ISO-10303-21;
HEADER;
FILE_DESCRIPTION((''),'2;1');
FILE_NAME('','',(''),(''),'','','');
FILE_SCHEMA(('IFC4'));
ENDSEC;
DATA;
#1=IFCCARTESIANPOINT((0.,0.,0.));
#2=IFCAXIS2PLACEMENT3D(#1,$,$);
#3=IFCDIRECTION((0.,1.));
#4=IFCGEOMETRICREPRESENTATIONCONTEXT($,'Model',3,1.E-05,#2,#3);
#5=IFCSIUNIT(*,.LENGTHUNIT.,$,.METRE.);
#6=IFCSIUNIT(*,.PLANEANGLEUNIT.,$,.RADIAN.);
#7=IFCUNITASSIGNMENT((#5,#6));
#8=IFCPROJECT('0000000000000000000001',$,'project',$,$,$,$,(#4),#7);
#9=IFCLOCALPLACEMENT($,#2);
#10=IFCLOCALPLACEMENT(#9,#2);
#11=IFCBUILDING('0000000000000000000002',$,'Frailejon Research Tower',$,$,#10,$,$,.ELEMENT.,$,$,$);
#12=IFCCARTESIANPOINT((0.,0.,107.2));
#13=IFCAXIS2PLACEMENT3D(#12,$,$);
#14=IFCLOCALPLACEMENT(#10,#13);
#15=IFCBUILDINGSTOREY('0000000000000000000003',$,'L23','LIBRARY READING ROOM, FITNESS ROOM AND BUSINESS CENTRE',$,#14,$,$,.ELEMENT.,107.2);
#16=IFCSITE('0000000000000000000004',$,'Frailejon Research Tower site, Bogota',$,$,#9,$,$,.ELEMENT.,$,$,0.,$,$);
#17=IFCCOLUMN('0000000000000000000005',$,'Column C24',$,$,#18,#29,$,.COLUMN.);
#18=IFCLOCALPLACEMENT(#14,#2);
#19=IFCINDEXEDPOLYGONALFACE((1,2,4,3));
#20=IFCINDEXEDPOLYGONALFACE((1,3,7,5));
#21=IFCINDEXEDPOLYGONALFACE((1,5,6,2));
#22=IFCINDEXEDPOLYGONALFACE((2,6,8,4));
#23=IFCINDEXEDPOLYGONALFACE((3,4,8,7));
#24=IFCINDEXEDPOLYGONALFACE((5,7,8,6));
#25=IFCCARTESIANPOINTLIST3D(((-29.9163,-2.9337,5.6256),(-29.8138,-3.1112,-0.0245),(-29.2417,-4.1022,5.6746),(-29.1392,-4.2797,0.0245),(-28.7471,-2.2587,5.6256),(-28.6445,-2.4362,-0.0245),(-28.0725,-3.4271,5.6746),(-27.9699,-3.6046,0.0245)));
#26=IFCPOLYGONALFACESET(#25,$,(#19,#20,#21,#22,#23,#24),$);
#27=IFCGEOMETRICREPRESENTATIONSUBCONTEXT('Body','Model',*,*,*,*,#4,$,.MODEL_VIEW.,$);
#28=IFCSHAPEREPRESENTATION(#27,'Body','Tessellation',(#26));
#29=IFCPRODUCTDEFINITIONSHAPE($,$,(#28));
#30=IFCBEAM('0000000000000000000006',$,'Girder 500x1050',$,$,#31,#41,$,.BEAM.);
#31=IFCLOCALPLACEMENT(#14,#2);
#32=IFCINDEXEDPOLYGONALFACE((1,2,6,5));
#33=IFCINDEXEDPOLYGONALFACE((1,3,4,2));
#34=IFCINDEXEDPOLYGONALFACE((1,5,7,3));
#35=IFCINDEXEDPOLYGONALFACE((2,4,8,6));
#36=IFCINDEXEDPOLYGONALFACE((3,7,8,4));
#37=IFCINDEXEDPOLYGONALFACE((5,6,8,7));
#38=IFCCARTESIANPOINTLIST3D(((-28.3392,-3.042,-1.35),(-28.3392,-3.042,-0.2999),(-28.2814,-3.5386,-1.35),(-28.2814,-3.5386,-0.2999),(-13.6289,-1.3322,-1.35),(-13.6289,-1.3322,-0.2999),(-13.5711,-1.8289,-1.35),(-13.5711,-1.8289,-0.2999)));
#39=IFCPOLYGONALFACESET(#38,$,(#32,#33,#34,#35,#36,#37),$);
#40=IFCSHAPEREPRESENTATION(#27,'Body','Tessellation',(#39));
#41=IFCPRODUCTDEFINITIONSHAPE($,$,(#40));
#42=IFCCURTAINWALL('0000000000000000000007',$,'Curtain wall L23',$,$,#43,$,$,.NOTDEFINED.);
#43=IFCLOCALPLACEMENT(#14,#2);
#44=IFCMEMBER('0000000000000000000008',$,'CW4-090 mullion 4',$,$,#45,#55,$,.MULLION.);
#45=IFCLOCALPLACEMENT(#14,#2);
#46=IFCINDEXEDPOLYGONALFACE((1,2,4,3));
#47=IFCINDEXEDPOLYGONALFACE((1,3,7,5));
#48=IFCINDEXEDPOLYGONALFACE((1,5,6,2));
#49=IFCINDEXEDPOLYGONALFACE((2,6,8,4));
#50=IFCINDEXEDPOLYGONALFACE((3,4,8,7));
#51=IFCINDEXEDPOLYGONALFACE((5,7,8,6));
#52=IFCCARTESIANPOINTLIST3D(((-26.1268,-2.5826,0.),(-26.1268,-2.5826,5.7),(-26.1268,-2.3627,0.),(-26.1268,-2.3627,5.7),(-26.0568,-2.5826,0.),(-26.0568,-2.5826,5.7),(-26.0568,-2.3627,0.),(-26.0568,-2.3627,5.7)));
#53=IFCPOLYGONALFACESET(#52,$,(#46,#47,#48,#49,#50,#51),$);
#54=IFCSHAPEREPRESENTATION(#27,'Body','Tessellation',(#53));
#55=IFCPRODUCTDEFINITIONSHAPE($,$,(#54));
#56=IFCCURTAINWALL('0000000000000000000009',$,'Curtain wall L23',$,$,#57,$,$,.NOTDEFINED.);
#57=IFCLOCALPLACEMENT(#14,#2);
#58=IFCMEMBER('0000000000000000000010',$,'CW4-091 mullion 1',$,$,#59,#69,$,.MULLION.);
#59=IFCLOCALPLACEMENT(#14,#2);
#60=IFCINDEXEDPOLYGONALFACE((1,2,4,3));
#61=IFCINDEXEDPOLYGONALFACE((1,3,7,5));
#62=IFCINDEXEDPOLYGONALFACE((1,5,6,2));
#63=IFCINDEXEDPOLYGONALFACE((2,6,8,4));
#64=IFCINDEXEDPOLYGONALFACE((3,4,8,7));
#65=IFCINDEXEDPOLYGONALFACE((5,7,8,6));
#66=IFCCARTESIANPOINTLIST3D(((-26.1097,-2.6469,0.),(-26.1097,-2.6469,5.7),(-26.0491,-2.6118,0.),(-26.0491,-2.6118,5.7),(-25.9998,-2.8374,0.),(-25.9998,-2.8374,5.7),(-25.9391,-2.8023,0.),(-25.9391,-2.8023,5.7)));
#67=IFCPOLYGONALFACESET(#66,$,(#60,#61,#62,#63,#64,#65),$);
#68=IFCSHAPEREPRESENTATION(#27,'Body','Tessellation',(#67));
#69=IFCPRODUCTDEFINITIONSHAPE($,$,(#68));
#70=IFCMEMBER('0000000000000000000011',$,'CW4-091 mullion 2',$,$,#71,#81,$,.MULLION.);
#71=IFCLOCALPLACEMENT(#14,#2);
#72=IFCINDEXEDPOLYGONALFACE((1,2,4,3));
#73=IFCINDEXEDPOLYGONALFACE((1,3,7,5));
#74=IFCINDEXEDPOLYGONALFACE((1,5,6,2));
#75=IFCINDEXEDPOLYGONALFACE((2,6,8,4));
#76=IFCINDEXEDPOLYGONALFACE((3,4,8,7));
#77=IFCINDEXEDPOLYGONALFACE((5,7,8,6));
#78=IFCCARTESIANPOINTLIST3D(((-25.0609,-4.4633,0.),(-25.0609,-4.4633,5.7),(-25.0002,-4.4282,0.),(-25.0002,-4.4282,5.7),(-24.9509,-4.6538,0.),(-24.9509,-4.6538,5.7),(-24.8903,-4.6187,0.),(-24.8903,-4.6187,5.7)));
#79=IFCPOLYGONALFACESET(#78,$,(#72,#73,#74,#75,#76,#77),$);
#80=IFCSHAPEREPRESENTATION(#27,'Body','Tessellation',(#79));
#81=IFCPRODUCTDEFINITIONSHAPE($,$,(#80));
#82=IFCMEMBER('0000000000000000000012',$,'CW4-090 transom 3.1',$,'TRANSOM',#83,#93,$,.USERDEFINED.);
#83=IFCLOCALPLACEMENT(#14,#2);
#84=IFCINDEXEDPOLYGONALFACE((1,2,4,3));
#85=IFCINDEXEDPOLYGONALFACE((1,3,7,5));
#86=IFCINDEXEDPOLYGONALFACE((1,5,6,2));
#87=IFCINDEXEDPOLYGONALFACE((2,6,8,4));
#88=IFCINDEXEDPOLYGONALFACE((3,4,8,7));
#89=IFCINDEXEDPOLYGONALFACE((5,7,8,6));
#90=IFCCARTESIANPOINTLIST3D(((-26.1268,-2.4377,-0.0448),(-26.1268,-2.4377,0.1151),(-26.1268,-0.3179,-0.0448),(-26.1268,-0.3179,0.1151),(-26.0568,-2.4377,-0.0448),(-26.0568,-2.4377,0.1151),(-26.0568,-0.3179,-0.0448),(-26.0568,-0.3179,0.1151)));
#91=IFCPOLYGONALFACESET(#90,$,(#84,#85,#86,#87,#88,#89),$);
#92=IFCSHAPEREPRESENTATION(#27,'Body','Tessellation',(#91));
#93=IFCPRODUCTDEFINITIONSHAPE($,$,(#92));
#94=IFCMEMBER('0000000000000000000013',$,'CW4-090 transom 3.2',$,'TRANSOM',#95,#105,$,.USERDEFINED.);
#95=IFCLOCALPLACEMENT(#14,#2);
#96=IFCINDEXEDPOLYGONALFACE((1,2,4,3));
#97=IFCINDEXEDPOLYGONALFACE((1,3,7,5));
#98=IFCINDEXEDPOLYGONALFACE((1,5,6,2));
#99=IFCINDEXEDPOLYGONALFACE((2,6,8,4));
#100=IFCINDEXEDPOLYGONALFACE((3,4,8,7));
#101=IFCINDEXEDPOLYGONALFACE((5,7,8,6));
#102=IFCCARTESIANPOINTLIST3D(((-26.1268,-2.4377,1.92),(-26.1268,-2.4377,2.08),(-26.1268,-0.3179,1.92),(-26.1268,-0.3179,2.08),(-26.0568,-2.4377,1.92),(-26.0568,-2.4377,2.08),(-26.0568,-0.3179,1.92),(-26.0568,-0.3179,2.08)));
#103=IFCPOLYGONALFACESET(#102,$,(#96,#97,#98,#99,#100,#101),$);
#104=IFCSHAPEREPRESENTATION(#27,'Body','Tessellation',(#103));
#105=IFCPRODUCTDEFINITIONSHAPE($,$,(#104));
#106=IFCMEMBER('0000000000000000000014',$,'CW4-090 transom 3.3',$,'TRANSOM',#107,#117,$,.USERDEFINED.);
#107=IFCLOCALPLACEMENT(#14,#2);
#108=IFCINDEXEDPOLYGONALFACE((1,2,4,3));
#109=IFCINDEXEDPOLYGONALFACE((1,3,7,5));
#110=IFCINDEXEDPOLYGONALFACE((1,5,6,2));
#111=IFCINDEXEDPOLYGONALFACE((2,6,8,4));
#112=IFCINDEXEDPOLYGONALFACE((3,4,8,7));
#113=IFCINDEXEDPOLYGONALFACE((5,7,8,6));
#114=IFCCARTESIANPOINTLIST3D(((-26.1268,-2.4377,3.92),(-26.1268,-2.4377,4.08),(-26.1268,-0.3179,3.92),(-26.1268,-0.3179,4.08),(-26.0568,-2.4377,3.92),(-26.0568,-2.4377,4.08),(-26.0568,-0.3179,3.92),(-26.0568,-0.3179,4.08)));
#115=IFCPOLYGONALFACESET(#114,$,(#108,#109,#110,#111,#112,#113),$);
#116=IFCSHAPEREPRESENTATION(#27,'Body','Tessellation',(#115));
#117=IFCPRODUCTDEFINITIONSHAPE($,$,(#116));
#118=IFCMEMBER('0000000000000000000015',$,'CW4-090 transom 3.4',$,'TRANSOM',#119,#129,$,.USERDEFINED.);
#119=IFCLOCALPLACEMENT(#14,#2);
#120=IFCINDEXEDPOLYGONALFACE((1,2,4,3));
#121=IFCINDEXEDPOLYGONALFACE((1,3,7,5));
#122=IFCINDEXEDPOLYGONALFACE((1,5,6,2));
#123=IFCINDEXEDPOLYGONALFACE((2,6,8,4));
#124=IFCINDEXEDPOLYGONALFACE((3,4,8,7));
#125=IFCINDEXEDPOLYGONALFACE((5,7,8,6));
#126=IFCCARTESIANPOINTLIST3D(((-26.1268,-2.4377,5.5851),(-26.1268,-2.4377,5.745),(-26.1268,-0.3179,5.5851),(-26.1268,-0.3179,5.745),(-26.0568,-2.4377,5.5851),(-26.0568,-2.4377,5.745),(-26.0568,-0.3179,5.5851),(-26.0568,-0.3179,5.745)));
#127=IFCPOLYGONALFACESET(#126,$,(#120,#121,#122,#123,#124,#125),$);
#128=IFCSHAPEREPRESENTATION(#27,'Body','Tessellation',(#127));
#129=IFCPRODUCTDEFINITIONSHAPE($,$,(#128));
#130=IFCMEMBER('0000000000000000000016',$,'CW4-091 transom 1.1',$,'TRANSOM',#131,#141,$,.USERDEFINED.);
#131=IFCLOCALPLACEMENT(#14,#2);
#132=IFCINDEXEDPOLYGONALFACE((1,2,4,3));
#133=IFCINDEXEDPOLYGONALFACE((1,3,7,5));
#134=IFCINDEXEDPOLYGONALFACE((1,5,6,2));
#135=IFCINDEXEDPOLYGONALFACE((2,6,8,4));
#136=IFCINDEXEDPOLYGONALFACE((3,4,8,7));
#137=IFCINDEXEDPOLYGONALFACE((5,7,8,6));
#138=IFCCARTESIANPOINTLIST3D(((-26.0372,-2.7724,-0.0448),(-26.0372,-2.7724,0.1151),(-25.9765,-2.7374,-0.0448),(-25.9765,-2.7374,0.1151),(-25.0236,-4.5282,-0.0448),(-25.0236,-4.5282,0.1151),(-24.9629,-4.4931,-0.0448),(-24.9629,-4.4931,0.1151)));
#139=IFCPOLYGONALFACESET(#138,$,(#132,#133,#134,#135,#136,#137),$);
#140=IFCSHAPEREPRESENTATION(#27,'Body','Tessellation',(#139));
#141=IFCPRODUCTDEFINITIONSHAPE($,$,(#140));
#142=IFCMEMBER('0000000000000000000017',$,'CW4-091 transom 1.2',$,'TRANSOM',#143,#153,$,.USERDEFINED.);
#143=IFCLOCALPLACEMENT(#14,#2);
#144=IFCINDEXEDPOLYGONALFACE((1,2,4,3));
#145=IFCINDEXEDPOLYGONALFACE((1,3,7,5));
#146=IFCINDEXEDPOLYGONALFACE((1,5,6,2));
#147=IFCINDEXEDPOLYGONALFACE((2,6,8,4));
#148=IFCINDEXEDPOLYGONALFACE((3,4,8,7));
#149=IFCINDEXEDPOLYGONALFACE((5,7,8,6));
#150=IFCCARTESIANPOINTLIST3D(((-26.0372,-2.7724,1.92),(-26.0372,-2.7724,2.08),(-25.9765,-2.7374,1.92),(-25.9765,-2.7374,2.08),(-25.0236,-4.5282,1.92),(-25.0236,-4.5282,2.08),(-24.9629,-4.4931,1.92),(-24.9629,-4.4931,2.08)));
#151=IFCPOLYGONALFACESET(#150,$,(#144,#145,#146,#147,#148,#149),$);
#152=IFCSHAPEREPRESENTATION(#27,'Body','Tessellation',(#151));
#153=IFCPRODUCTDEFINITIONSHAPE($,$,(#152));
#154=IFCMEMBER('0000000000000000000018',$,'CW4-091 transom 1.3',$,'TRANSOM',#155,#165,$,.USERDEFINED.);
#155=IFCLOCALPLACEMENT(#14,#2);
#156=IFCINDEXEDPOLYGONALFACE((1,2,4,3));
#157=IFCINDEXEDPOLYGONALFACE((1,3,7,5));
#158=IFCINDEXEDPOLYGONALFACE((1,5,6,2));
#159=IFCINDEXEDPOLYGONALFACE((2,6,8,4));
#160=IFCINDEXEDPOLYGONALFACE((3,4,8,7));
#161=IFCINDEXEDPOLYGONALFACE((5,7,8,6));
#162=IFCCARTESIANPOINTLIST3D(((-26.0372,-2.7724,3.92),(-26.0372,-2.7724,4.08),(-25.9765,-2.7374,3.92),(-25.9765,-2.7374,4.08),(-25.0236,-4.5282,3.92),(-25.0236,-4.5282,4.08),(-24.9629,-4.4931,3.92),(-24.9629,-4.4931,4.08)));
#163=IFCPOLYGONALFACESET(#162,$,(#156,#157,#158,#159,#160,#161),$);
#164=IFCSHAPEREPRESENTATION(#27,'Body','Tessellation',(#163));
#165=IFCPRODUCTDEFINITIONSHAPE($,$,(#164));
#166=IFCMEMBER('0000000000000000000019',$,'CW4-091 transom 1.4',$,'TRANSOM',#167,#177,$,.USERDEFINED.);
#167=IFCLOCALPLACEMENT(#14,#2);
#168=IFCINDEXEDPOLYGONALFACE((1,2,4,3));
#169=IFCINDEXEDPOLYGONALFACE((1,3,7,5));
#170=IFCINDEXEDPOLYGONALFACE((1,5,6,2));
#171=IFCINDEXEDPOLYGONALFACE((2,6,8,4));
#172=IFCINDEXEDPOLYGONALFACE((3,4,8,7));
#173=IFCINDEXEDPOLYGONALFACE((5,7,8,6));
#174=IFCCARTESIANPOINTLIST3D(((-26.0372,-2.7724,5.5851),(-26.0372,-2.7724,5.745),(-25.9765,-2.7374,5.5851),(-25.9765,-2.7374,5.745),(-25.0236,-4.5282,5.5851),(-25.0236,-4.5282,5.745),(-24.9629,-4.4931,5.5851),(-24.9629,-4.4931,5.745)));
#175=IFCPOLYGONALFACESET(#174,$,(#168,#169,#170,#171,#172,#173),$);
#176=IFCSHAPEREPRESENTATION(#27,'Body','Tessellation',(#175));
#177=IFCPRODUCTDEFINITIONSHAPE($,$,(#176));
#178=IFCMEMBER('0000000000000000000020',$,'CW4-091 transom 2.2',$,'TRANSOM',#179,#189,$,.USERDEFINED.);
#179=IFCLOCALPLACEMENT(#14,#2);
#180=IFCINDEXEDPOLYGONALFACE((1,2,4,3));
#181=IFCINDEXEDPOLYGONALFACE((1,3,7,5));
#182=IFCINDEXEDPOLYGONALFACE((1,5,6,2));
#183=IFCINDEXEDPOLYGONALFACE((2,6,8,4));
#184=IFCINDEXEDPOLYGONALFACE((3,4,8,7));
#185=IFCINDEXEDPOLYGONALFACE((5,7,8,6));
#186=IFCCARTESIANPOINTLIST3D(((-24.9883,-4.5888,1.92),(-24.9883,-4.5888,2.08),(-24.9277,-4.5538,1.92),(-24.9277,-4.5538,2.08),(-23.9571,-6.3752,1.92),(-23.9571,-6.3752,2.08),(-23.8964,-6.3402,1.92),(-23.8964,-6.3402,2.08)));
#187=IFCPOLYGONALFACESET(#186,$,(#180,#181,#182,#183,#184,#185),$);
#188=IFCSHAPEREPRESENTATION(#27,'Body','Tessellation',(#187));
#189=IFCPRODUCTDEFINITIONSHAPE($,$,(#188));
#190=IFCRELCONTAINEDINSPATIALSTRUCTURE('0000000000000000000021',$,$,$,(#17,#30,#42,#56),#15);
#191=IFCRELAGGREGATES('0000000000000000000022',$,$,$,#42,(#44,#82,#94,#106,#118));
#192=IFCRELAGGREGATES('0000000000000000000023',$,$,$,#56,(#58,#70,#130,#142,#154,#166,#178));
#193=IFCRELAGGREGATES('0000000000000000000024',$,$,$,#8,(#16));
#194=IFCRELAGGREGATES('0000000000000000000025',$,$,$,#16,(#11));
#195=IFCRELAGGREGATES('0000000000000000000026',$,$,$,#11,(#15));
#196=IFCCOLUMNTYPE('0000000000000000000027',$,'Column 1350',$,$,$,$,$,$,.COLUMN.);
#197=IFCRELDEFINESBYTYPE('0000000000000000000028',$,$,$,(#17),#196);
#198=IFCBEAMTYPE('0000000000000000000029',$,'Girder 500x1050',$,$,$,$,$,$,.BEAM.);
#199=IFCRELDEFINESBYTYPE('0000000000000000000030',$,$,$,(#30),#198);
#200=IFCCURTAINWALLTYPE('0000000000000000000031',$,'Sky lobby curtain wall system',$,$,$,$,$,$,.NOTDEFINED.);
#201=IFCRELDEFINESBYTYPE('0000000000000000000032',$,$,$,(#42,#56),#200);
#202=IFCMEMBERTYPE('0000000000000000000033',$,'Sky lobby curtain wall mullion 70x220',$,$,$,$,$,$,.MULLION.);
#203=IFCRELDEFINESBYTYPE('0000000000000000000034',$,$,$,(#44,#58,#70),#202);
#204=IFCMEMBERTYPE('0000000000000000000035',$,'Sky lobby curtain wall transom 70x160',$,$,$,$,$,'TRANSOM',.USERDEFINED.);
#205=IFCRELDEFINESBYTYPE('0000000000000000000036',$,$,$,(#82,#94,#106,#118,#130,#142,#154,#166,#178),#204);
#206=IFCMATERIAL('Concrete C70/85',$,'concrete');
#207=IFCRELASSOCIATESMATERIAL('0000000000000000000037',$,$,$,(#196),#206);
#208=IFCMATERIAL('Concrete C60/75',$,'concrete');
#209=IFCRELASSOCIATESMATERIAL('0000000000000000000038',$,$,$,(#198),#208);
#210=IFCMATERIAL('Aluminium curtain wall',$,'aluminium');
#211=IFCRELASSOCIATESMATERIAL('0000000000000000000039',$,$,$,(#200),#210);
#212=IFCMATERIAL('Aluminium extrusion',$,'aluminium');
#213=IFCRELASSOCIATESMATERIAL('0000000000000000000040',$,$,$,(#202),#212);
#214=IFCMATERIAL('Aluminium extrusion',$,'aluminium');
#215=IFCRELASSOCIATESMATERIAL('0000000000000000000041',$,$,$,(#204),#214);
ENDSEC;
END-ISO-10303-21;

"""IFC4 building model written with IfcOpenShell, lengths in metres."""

from ifc_helpers import new_model, si_unit, direction, frame, origin, origin_2d, place, context, subcontext, project, spatial, rectangle, extrude, material, material_profile, profile_set, type_object, element, aggregate, save


model = new_model("IFC4")

# Units and contexts
model_context = context("Model", 3, precision=1e-05, world=origin(), true_north=direction((0.0, 1.0)))
body_context = subcontext(model_context, "Body", "Model", "MODEL_VIEW")
ifc_project = project(units=[si_unit("LENGTHUNIT", "METRE"), si_unit("PLANEANGLEUNIT", "RADIAN")], contexts=[model_context])

# Site, building, storey
site_placement = place(None, origin())
site = spatial("IfcSite", under=ifc_project, at=site_placement, Name="Frailejon Research Tower site, Bogota", CompositionType="ELEMENT", RefElevation=0.0)
building_placement = place(site_placement, origin())
building = spatial("IfcBuilding", under=site, at=building_placement, Name="Frailejon Research Tower", CompositionType="ELEMENT")
storey_placement = place(building_placement, frame((0.0, 0.0, 107.2)))
storey = spatial("IfcBuildingStorey", under=building, at=storey_placement, Name="L23", Description="LIBRARY READING ROOM, FITNESS ROOM AND BUSINESS CENTRE", CompositionType="ELEMENT", Elevation=107.2)

# Column
ifc_material_1 = material(Name="Concrete C70/85", Category="concrete")
ifc_material_profile_1 = material_profile(ifc_material_1, rectangle(XDim=1.3501, YDim=1.3501, at=origin_2d()), Name="Column 1350")
ifc_profile_set_1 = profile_set([ifc_material_profile_1], Name="Concrete C70/85")
column_type = type_object("IfcColumnType", Name="Column 1350", PredefinedType="COLUMN", material=ifc_profile_set_1)
column_placement = place(storey_placement, frame((-28.8918, -3.3579, 0.0), z_axis=(-0.018136, 0.031393, 0.999343), x_axis=(0.49967, -0.865457, 0.036255)))
element("IfcColumn", 1, at=column_placement, inside=storey, type_object=column_type, Name="Column C24", PredefinedType="COLUMN", context=body_context, shape_type="SweptSolid", body=[
    extrude(rectangle(XDim=1.3501, YDim=1.3501, at=origin_2d()), origin(), (0.0, 0.0, 1.0), 5.6538),
])

# Beam
ifc_material_2 = material(Name="Concrete C60/75", Category="concrete")
ifc_material_profile_2 = material_profile(ifc_material_2, rectangle(XDim=0.5, YDim=1.05, at=origin_2d()), Name="Girder 500x1050")
ifc_profile_set_2 = profile_set([ifc_material_profile_2], Name="Concrete C60/75")
beam_type_1 = type_object("IfcBeamType", Name="Girder 500x1050", PredefinedType="BEAM", material=ifc_profile_set_2)
beam_1_placement = place(storey_placement, frame((-28.3103, -3.2903, -0.825), z_axis=(0.993313, 0.115449, 0.0), x_axis=(-0.115449, 0.993313, 0.0)))
element("IfcBeam", 2, at=beam_1_placement, inside=storey, type_object=beam_type_1, Name="Girder 500x1050", PredefinedType="BEAM", context=body_context, shape_type="SweptSolid", body=[
    extrude(rectangle(XDim=0.5, YDim=1.05, at=origin_2d()), origin(), (0.0, 0.0, 1.0), 14.8093),
])

# Curtain wall, member
ifc_material_3 = material(Name="Aluminium curtain wall", Category="aluminium")
curtain_wall_type = type_object("IfcCurtainWallType", Name="Sky lobby curtain wall system", PredefinedType="NOTDEFINED", material=ifc_material_3)
curtain_wall_1_placement = place(storey_placement, origin())
curtain_wall_1 = element("IfcCurtainWall", 3, at=curtain_wall_1_placement, inside=storey, type_object=curtain_wall_type, Name="Curtain wall L23", PredefinedType="NOTDEFINED")
ifc_material_4 = material(Name="Aluminium extrusion", Category="aluminium")
ifc_material_profile_3 = material_profile(ifc_material_4, rectangle(XDim=0.0701, YDim=0.22, at=origin_2d()), Name="Sky lobby curtain wall mullion 70x220")
ifc_profile_set_3 = profile_set([ifc_material_profile_3], Name="Aluminium extrusion")
member_type_1 = type_object("IfcMemberType", Name="Sky lobby curtain wall mullion 70x220", PredefinedType="MULLION", material=ifc_profile_set_3)
member_1_placement = place(storey_placement, frame((-26.0918, -2.4727, 0.0), z_axis=(0.0, 0.0, 1.0), x_axis=(1.0, 0.0, 0.0)))
member_1 = element("IfcMember", 4, at=member_1_placement, type_object=member_type_1, Name="CW4-090 mullion 4", PredefinedType="MULLION", context=body_context, shape_type="SweptSolid", body=[
    extrude(rectangle(XDim=0.0701, YDim=0.22, at=origin_2d()), origin(), (0.0, 0.0, 1.0), 5.7),
])

# Curtain wall, members
curtain_wall_2_placement = place(storey_placement, origin())
curtain_wall_2 = element("IfcCurtainWall", 5, at=curtain_wall_2_placement, inside=storey, type_object=curtain_wall_type, Name="Curtain wall L23", PredefinedType="NOTDEFINED")
member_2_placement = place(storey_placement, frame((-26.0244, -2.7246, 0.0), z_axis=(0.0, 0.0, 1.0), x_axis=(0.866026, 0.5, 0.0)))
member_2 = element("IfcMember", 6, at=member_2_placement, type_object=member_type_1, Name="CW4-091 mullion 1", PredefinedType="MULLION", context=body_context, shape_type="SweptSolid", body=[
    extrude(rectangle(XDim=0.0701, YDim=0.22, at=origin_2d()), origin(), (0.0, 0.0, 1.0), 5.7),
])
member_3_placement = place(storey_placement, frame((-24.9756, -4.541, 0.0), z_axis=(0.0, 0.0, 1.0), x_axis=(0.866026, 0.5, 0.0)))
member_3 = element("IfcMember", 7, at=member_3_placement, type_object=member_type_1, Name="CW4-091 mullion 2", PredefinedType="MULLION", context=body_context, shape_type="SweptSolid", body=[
    extrude(rectangle(XDim=0.0701, YDim=0.22, at=origin_2d()), origin(), (0.0, 0.0, 1.0), 5.7),
])

# Members
ifc_material_5 = material(Name="Aluminium extrusion", Category="aluminium")
ifc_material_profile_4 = material_profile(ifc_material_5, rectangle(XDim=0.0701, YDim=0.1599, at=origin_2d()), Name="Sky lobby curtain wall transom 70x160")
ifc_profile_set_4 = profile_set([ifc_material_profile_4], Name="Aluminium extrusion")
member_type_2 = type_object("IfcMemberType", Name="Sky lobby curtain wall transom 70x160", ElementType="TRANSOM", PredefinedType="USERDEFINED", material=ifc_profile_set_4)
member_4_placement = place(storey_placement, frame((-26.0918, -0.3179, 0.0352), z_axis=(0.0, -1.0, 0.0), x_axis=(1.0, 0.0, 0.0)))
member_4 = element("IfcMember", 8, at=member_4_placement, type_object=member_type_2, Name="CW4-090 transom 3.1", ObjectType="TRANSOM", PredefinedType="USERDEFINED", context=body_context, shape_type="SweptSolid", body=[
    extrude(rectangle(XDim=0.0701, YDim=0.1599, at=origin_2d()), origin(), (0.0, 0.0, 1.0), 2.1199),
])
member_5_placement = place(storey_placement, frame((-26.0918, -0.3179, 2.0), z_axis=(0.0, -1.0, 0.0), x_axis=(1.0, 0.0, 0.0)))
member_5 = element("IfcMember", 9, at=member_5_placement, type_object=member_type_2, Name="CW4-090 transom 3.2", ObjectType="TRANSOM", PredefinedType="USERDEFINED", context=body_context, shape_type="SweptSolid", body=[
    extrude(rectangle(XDim=0.0701, YDim=0.1599, at=origin_2d()), origin(), (0.0, 0.0, 1.0), 2.1199),
])
member_6_placement = place(storey_placement, frame((-26.0918, -0.3179, 4.0), z_axis=(0.0, -1.0, 0.0), x_axis=(1.0, 0.0, 0.0)))
member_6 = element("IfcMember", 10, at=member_6_placement, type_object=member_type_2, Name="CW4-090 transom 3.3", ObjectType="TRANSOM", PredefinedType="USERDEFINED", context=body_context, shape_type="SweptSolid", body=[
    extrude(rectangle(XDim=0.0701, YDim=0.1599, at=origin_2d()), origin(), (0.0, 0.0, 1.0), 2.1199),
])
member_7_placement = place(storey_placement, frame((-26.0918, -0.3179, 5.665), z_axis=(0.0, -1.0, 0.0), x_axis=(1.0, 0.0, 0.0)))
member_7 = element("IfcMember", 11, at=member_7_placement, type_object=member_type_2, Name="CW4-090 transom 3.4", ObjectType="TRANSOM", PredefinedType="USERDEFINED", context=body_context, shape_type="SweptSolid", body=[
    extrude(rectangle(XDim=0.0701, YDim=0.1599, at=origin_2d()), origin(), (0.0, 0.0, 1.0), 2.1199),
])
member_8_placement = place(storey_placement, frame((-26.0068, -2.7549, 0.0352), z_axis=(0.499973, -0.866041, 0.0), x_axis=(0.866041, 0.499973, 0.0)))
member_8 = element("IfcMember", 12, at=member_8_placement, type_object=member_type_2, Name="CW4-091 transom 1.1", ObjectType="TRANSOM", PredefinedType="USERDEFINED", context=body_context, shape_type="SweptSolid", body=[
    extrude(rectangle(XDim=0.0701, YDim=0.1599, at=origin_2d()), origin(), (0.0, 0.0, 1.0), 2.0273),
])
member_9_placement = place(storey_placement, frame((-26.0068, -2.7549, 2.0), z_axis=(0.499973, -0.866041, 0.0), x_axis=(0.866041, 0.499973, 0.0)))
member_9 = element("IfcMember", 13, at=member_9_placement, type_object=member_type_2, Name="CW4-091 transom 1.2", ObjectType="TRANSOM", PredefinedType="USERDEFINED", context=body_context, shape_type="SweptSolid", body=[
    extrude(rectangle(XDim=0.0701, YDim=0.1599, at=origin_2d()), origin(), (0.0, 0.0, 1.0), 2.0273),
])
member_10_placement = place(storey_placement, frame((-26.0068, -2.7549, 4.0), z_axis=(0.499973, -0.866041, 0.0), x_axis=(0.866041, 0.499973, 0.0)))
member_10 = element("IfcMember", 14, at=member_10_placement, type_object=member_type_2, Name="CW4-091 transom 1.3", ObjectType="TRANSOM", PredefinedType="USERDEFINED", context=body_context, shape_type="SweptSolid", body=[
    extrude(rectangle(XDim=0.0701, YDim=0.1599, at=origin_2d()), origin(), (0.0, 0.0, 1.0), 2.0273),
])
member_11_placement = place(storey_placement, frame((-26.0068, -2.7549, 5.665), z_axis=(0.499973, -0.866041, 0.0), x_axis=(0.866041, 0.499973, 0.0)))
member_11 = element("IfcMember", 15, at=member_11_placement, type_object=member_type_2, Name="CW4-091 transom 1.4", ObjectType="TRANSOM", PredefinedType="USERDEFINED", context=body_context, shape_type="SweptSolid", body=[
    extrude(rectangle(XDim=0.0701, YDim=0.1599, at=origin_2d()), origin(), (0.0, 0.0, 1.0), 2.0273),
])
member_12_placement = place(storey_placement, frame((-24.958, -4.5713, 2.0), z_axis=(0.499958, -0.86605, 0.0), x_axis=(0.86605, 0.499958, 0.0)))
member_12 = element("IfcMember", 16, at=member_12_placement, type_object=member_type_2, Name="CW4-091 transom 2.2", ObjectType="TRANSOM", PredefinedType="USERDEFINED", context=body_context, shape_type="SweptSolid", body=[
    extrude(rectangle(XDim=0.0701, YDim=0.1599, at=origin_2d()), origin(), (0.0, 0.0, 1.0), 2.0627),
])

aggregate(curtain_wall_1, [member_1, member_4, member_5, member_6, member_7])
aggregate(curtain_wall_2, [member_2, member_3, member_8, member_9, member_10, member_11, member_12])

save(model, "model.ifc")
